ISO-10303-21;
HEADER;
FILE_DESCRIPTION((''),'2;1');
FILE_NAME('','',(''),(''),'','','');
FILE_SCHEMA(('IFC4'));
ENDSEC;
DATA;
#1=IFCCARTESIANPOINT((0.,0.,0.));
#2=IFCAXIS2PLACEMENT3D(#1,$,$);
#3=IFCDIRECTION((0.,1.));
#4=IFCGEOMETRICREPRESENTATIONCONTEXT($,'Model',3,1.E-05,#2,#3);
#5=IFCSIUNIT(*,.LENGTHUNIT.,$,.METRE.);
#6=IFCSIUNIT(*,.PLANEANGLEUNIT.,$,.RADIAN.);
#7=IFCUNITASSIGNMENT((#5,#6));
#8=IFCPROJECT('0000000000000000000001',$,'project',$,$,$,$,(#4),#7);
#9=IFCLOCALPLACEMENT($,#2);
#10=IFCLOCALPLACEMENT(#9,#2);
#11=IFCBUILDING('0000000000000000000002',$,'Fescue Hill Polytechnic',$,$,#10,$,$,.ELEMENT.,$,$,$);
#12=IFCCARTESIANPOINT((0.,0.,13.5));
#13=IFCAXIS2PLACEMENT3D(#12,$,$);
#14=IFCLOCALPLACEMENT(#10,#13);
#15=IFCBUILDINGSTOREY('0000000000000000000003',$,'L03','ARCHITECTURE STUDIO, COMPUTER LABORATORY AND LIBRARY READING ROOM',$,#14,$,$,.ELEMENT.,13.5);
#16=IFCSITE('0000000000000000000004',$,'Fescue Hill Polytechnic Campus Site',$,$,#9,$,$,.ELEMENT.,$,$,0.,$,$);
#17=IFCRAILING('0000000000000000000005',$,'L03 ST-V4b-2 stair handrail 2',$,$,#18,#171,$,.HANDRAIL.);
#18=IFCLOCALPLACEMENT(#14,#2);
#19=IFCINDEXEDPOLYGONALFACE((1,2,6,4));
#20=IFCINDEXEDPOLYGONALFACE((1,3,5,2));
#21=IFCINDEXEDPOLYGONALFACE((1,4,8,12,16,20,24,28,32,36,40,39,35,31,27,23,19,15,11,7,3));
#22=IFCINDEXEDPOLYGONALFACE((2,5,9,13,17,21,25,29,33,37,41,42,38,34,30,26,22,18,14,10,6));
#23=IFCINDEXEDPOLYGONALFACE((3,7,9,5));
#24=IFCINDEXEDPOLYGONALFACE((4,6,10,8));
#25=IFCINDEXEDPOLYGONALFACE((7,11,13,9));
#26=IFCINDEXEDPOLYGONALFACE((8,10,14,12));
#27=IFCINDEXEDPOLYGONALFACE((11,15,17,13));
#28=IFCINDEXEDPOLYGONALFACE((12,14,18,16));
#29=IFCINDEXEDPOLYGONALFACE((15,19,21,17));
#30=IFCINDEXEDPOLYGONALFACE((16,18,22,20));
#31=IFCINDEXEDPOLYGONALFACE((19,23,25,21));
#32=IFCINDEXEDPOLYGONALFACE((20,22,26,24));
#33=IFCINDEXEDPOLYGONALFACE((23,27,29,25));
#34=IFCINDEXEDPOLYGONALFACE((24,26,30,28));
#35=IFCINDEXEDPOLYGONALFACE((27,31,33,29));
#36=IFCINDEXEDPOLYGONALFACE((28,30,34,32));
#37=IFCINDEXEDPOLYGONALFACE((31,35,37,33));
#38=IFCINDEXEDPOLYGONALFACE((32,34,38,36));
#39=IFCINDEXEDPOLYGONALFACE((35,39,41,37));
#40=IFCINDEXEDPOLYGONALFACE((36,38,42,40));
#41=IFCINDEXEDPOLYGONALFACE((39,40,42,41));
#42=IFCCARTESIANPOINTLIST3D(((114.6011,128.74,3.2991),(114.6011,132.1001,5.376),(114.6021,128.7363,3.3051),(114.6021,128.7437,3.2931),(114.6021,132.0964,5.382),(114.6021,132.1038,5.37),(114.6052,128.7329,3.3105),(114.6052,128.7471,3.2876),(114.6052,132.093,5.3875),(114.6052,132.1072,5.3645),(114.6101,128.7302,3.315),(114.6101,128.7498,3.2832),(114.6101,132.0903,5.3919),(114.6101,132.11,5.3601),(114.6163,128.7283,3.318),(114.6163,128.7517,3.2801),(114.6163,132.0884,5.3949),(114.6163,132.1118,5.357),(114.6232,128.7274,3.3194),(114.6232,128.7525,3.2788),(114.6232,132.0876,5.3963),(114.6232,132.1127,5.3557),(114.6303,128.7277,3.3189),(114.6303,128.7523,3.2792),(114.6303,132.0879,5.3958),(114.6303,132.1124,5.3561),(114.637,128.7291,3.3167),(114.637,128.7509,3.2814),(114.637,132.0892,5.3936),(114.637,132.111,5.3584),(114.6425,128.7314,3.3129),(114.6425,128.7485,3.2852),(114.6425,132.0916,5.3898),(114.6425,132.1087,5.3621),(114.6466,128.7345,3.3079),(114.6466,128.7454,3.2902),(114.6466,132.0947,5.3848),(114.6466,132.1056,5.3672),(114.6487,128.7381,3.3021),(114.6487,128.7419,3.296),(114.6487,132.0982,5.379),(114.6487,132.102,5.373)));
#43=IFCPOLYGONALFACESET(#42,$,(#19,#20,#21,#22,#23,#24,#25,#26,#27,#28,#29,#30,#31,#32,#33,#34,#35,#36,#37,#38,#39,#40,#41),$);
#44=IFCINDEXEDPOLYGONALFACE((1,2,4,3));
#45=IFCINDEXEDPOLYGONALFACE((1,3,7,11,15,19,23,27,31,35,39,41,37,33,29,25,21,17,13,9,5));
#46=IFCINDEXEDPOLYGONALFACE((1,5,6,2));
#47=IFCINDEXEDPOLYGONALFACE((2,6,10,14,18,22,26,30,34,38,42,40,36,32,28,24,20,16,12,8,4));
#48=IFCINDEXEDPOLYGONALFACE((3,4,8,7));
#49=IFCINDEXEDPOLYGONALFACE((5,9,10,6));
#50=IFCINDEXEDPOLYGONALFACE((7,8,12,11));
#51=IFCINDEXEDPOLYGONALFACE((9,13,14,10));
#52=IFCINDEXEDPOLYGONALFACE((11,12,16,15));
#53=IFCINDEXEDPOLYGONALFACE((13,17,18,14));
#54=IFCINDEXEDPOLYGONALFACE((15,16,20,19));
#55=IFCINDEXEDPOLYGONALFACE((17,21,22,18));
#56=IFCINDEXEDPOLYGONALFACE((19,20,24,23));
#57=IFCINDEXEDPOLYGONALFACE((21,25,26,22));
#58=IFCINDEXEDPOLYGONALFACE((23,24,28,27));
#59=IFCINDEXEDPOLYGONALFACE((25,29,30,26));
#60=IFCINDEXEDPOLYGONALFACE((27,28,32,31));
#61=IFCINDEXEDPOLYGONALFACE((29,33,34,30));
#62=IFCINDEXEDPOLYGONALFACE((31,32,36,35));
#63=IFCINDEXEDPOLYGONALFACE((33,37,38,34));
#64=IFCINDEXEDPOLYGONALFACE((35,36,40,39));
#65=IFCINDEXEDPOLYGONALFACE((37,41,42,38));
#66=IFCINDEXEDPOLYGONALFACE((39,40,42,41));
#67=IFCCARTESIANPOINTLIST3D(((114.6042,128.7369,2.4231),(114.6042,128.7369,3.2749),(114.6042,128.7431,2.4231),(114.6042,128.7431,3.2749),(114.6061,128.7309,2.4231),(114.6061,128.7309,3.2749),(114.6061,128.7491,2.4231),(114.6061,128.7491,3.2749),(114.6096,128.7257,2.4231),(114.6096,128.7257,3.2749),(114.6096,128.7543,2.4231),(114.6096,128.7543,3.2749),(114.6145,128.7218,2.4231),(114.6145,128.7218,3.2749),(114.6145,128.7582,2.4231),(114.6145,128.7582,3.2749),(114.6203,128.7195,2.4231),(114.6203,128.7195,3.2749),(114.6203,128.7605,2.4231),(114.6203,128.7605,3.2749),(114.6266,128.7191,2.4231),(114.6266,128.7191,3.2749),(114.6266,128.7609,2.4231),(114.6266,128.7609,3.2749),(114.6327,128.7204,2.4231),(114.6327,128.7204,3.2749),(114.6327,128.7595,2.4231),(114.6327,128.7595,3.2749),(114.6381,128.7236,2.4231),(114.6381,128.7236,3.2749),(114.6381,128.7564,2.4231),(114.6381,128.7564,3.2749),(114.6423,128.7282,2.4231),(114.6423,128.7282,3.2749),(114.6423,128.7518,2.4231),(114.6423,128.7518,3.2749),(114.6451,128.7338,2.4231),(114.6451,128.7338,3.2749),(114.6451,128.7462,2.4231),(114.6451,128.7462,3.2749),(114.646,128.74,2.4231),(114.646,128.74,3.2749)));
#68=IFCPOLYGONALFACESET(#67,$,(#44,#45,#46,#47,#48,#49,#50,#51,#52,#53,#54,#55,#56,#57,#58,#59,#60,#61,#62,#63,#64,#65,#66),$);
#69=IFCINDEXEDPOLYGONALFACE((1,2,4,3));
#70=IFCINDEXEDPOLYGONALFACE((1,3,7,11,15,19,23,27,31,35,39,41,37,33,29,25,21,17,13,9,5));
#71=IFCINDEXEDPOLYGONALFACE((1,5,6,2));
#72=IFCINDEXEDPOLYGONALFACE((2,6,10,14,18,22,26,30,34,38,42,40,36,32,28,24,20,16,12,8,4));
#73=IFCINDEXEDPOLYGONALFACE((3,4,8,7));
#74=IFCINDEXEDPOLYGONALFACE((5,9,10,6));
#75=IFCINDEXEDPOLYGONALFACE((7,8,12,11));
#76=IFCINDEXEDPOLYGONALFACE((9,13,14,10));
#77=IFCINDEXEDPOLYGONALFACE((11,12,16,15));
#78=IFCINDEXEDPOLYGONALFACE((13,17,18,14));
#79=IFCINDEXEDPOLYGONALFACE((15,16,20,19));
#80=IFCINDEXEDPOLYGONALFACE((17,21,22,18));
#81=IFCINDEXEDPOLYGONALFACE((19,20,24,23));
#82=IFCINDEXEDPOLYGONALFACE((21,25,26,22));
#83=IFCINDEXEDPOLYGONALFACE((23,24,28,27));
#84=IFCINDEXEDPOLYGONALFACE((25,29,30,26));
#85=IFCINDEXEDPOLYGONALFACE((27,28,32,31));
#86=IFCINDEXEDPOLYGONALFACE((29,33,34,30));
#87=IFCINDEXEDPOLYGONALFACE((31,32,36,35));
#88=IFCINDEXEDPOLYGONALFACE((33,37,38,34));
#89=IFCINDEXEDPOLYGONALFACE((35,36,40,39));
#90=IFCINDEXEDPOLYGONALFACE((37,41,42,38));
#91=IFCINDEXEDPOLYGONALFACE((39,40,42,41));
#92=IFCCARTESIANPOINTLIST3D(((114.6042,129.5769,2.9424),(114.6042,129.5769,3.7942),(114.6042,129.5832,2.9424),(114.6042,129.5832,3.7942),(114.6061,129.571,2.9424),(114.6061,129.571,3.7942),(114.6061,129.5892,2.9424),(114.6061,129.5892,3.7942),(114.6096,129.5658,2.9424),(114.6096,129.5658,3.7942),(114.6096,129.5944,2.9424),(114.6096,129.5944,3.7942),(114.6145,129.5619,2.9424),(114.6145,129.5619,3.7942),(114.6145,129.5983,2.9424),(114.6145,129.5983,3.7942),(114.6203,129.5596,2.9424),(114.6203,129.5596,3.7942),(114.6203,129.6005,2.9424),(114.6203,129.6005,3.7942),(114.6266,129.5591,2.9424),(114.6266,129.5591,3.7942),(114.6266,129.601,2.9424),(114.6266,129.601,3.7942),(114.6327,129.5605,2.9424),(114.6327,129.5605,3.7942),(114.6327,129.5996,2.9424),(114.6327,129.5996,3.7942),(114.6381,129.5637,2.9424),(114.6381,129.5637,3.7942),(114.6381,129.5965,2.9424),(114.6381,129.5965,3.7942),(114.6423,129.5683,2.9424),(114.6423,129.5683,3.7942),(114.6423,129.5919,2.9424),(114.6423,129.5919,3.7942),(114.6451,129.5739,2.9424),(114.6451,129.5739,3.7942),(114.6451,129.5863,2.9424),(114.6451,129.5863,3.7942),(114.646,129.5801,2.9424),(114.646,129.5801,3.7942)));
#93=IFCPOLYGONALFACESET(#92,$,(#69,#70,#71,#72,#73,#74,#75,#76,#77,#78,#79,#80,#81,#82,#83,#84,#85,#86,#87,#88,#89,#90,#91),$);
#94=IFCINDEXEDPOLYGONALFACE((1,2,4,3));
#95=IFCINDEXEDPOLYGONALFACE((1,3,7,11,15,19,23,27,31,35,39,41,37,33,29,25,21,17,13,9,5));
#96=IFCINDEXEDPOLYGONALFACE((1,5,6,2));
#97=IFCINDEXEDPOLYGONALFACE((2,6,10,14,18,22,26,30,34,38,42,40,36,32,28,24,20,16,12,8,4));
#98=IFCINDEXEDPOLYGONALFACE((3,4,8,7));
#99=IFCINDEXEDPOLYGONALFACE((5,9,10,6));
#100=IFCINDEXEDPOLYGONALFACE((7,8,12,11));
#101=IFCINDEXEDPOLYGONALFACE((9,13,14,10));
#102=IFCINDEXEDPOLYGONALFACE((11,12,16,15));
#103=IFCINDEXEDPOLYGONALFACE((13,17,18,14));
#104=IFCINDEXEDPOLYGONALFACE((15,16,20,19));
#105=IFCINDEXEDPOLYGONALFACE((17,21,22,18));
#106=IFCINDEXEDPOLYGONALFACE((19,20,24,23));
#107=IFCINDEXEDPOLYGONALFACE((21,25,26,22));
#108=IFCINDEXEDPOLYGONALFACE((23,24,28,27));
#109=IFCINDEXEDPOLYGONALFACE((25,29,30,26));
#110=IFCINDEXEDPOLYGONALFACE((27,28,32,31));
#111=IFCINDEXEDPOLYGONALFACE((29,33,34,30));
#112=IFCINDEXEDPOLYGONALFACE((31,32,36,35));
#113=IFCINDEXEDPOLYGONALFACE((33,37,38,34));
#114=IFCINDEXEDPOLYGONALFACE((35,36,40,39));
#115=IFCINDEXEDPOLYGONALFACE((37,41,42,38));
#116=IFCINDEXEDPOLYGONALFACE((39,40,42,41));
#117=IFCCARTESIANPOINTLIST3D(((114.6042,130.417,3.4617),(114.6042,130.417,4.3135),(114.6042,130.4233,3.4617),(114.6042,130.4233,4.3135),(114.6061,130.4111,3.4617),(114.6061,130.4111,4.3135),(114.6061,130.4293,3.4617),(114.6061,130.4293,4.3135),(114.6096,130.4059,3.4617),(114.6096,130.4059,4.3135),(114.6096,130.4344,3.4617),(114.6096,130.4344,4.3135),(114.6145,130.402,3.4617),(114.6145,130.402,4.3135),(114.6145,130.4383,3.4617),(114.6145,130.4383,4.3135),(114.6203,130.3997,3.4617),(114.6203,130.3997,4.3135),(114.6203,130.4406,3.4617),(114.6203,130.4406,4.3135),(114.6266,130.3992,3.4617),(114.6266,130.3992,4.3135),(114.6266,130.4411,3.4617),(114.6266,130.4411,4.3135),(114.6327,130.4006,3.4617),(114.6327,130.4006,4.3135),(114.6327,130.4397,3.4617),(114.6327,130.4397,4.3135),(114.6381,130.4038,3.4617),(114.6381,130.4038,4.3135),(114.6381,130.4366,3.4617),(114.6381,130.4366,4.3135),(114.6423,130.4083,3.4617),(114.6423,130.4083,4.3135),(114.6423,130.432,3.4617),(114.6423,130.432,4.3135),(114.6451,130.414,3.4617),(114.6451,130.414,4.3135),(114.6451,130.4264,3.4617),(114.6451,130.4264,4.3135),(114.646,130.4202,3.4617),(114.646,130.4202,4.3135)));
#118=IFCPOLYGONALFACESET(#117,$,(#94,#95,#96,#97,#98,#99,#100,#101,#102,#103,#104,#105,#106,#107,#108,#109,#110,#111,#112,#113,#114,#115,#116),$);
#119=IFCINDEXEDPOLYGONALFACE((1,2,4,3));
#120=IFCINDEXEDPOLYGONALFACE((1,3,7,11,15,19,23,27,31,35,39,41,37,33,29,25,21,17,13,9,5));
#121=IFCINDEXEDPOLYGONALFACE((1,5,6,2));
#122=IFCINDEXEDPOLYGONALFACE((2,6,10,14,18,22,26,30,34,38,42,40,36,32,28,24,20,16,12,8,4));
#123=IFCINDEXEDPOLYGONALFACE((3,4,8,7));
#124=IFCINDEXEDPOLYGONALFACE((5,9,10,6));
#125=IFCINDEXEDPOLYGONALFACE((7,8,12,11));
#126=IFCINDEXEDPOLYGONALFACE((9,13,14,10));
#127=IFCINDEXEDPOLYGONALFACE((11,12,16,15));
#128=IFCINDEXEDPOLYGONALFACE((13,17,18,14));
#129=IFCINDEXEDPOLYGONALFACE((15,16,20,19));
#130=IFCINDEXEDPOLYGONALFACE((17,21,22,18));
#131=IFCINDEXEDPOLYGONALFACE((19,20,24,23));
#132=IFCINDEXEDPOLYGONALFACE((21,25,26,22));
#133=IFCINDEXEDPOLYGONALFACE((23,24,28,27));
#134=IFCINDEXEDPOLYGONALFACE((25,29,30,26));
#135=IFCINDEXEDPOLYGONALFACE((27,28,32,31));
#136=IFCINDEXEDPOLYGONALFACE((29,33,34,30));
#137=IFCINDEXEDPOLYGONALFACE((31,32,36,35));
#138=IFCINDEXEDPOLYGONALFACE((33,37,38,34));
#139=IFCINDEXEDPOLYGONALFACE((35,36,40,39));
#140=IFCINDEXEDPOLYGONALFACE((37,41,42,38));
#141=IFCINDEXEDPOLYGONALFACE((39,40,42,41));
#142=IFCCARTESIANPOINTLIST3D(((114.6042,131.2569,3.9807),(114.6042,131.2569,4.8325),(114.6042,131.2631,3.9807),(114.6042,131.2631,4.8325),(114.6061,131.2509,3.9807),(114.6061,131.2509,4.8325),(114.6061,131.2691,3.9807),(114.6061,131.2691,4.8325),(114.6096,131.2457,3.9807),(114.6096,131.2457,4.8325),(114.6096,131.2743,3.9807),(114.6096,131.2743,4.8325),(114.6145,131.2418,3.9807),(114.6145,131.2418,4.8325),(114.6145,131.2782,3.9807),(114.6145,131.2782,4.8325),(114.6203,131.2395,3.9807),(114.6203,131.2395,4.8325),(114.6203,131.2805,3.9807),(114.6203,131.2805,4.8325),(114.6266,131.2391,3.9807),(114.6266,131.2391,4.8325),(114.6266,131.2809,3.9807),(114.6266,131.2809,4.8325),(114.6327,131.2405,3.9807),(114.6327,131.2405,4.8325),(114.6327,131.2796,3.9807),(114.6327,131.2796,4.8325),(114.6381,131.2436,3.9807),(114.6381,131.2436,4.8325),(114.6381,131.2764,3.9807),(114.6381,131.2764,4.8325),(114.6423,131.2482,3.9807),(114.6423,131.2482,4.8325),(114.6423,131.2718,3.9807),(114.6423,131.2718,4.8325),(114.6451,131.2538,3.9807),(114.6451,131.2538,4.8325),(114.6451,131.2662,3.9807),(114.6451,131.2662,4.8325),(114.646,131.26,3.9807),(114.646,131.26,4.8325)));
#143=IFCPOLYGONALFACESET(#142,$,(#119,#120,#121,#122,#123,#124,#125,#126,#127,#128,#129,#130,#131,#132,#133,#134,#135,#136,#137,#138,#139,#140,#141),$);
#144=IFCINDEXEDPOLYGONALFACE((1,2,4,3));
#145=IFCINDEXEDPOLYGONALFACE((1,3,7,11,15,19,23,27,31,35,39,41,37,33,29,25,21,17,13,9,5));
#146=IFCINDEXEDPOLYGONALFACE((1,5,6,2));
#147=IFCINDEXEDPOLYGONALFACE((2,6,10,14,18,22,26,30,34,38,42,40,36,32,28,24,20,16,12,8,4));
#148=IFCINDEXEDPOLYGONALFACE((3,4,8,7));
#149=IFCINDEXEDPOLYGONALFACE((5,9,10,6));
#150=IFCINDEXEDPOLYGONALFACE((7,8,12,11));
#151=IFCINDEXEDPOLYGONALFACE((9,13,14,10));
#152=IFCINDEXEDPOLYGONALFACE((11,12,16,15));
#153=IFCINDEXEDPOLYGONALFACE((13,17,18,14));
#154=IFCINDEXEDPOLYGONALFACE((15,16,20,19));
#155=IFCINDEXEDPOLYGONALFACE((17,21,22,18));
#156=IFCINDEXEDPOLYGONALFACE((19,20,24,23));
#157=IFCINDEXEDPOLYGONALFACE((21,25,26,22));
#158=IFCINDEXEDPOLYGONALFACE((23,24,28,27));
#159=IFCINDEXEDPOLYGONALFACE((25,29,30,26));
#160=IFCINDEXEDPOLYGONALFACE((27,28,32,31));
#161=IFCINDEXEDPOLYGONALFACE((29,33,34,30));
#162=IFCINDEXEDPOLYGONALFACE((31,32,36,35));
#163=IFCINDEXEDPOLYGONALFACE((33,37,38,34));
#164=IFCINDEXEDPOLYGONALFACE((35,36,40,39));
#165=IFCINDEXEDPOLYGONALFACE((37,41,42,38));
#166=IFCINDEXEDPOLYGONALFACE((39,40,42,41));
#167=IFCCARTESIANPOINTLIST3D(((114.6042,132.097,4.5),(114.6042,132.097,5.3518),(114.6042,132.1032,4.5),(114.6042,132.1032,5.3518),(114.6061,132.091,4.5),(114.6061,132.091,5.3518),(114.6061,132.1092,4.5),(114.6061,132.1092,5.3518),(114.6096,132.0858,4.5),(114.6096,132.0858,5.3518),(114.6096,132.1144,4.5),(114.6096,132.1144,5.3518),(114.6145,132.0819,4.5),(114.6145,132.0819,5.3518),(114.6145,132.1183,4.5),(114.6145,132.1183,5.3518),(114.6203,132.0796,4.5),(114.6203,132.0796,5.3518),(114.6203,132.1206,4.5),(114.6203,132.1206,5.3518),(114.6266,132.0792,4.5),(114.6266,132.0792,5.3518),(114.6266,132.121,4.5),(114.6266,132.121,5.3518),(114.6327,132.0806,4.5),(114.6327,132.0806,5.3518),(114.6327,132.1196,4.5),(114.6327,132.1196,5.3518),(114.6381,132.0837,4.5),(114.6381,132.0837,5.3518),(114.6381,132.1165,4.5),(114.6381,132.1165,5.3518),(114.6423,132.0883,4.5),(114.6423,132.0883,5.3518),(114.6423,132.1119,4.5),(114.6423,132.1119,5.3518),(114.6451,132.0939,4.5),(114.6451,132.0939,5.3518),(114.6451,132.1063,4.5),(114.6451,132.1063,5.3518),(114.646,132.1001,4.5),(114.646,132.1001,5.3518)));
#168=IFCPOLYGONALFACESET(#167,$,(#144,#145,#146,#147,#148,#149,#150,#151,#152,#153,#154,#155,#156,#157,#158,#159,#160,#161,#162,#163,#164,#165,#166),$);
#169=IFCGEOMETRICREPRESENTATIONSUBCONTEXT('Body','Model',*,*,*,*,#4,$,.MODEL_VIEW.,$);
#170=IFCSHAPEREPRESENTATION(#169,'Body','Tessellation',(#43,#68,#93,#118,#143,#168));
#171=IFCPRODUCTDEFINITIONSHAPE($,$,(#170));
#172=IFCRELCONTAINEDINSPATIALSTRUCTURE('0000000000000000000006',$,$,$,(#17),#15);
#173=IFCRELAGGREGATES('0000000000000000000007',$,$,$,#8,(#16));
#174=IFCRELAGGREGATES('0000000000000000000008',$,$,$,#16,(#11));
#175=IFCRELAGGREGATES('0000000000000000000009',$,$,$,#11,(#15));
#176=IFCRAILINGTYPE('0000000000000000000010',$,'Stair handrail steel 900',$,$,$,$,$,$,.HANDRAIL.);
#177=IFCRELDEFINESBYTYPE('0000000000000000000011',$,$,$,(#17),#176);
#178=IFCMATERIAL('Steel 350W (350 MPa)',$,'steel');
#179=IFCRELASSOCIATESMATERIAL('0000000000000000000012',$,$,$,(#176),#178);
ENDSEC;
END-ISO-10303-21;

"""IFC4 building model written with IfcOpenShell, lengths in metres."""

from ifc_helpers import new_model, si_unit, direction, frame, origin, origin_2d, place, context, subcontext, project, spatial, circle, extrude, material, type_object, element, save


model = new_model("IFC4")

# Units and contexts
model_context = context("Model", 3, precision=1e-05, world=origin(), true_north=direction((0.0, 1.0)))
body_context = subcontext(model_context, "Body", "Model", "MODEL_VIEW")
ifc_project = project(units=[si_unit("LENGTHUNIT", "METRE"), si_unit("PLANEANGLEUNIT", "RADIAN")], contexts=[model_context])

# Site, building, storey
site_placement = place(None, origin())
site = spatial("IfcSite", under=ifc_project, at=site_placement, Name="Fescue Hill Polytechnic Campus Site", CompositionType="ELEMENT", RefElevation=0.0)
building_placement = place(site_placement, origin())
building = spatial("IfcBuilding", under=site, at=building_placement, Name="Fescue Hill Polytechnic", CompositionType="ELEMENT")
storey_placement = place(building_placement, frame((0.0, 0.0, 13.5)))
storey = spatial("IfcBuildingStorey", under=building, at=storey_placement, Name="L03", Description="ARCHITECTURE STUDIO, COMPUTER LABORATORY AND LIBRARY READING ROOM", CompositionType="ELEMENT", Elevation=13.5)

# Railing
ifc_material_1 = material(Name="Steel 350W (350 MPa)", Category="steel")
railing_type_1 = type_object("IfcRailingType", Name="Stair handrail steel 900", PredefinedType="HANDRAIL", material=ifc_material_1)
for number, where, name in (
    (1, (114.625, 128.74, 2.4231), "L03 ST-V4b-2 stair handrail 2"),
):
    element("IfcRailing", number, at=place(storey_placement, frame(where)), inside=storey, type_object=railing_type_1, Name=name, PredefinedType="HANDRAIL", context=body_context, shape_type="SweptSolid", body=[
        extrude(circle(Radius=0.0239, at=origin_2d()), frame((0.0, 0.0, 0.876), z_axis=(0.0, 0.850623, 0.525776), x_axis=(-1.0, 0.0, 0.0)), (0.0, 0.0, 1.0), 3.9502),
        extrude(circle(Radius=0.021, at=origin_2d()), origin(), (0.0, 0.0, 1.0), 0.8518),
        extrude(circle(Radius=0.021, at=origin_2d()), frame((0.0, 0.8401, 0.5193)), (0.0, 0.0, 1.0), 0.8518),
        extrude(circle(Radius=0.021, at=origin_2d()), frame((0.0, 1.6802, 1.0386)), (0.0, 0.0, 1.0), 0.8518),
        extrude(circle(Radius=0.021, at=origin_2d()), frame((0.0, 2.52, 1.5576)), (0.0, 0.0, 1.0), 0.8518),
        extrude(circle(Radius=0.021, at=origin_2d()), frame((0.0, 3.3601, 2.0769)), (0.0, 0.0, 1.0), 0.8518),
    ])

save(model, "model.ifc")
